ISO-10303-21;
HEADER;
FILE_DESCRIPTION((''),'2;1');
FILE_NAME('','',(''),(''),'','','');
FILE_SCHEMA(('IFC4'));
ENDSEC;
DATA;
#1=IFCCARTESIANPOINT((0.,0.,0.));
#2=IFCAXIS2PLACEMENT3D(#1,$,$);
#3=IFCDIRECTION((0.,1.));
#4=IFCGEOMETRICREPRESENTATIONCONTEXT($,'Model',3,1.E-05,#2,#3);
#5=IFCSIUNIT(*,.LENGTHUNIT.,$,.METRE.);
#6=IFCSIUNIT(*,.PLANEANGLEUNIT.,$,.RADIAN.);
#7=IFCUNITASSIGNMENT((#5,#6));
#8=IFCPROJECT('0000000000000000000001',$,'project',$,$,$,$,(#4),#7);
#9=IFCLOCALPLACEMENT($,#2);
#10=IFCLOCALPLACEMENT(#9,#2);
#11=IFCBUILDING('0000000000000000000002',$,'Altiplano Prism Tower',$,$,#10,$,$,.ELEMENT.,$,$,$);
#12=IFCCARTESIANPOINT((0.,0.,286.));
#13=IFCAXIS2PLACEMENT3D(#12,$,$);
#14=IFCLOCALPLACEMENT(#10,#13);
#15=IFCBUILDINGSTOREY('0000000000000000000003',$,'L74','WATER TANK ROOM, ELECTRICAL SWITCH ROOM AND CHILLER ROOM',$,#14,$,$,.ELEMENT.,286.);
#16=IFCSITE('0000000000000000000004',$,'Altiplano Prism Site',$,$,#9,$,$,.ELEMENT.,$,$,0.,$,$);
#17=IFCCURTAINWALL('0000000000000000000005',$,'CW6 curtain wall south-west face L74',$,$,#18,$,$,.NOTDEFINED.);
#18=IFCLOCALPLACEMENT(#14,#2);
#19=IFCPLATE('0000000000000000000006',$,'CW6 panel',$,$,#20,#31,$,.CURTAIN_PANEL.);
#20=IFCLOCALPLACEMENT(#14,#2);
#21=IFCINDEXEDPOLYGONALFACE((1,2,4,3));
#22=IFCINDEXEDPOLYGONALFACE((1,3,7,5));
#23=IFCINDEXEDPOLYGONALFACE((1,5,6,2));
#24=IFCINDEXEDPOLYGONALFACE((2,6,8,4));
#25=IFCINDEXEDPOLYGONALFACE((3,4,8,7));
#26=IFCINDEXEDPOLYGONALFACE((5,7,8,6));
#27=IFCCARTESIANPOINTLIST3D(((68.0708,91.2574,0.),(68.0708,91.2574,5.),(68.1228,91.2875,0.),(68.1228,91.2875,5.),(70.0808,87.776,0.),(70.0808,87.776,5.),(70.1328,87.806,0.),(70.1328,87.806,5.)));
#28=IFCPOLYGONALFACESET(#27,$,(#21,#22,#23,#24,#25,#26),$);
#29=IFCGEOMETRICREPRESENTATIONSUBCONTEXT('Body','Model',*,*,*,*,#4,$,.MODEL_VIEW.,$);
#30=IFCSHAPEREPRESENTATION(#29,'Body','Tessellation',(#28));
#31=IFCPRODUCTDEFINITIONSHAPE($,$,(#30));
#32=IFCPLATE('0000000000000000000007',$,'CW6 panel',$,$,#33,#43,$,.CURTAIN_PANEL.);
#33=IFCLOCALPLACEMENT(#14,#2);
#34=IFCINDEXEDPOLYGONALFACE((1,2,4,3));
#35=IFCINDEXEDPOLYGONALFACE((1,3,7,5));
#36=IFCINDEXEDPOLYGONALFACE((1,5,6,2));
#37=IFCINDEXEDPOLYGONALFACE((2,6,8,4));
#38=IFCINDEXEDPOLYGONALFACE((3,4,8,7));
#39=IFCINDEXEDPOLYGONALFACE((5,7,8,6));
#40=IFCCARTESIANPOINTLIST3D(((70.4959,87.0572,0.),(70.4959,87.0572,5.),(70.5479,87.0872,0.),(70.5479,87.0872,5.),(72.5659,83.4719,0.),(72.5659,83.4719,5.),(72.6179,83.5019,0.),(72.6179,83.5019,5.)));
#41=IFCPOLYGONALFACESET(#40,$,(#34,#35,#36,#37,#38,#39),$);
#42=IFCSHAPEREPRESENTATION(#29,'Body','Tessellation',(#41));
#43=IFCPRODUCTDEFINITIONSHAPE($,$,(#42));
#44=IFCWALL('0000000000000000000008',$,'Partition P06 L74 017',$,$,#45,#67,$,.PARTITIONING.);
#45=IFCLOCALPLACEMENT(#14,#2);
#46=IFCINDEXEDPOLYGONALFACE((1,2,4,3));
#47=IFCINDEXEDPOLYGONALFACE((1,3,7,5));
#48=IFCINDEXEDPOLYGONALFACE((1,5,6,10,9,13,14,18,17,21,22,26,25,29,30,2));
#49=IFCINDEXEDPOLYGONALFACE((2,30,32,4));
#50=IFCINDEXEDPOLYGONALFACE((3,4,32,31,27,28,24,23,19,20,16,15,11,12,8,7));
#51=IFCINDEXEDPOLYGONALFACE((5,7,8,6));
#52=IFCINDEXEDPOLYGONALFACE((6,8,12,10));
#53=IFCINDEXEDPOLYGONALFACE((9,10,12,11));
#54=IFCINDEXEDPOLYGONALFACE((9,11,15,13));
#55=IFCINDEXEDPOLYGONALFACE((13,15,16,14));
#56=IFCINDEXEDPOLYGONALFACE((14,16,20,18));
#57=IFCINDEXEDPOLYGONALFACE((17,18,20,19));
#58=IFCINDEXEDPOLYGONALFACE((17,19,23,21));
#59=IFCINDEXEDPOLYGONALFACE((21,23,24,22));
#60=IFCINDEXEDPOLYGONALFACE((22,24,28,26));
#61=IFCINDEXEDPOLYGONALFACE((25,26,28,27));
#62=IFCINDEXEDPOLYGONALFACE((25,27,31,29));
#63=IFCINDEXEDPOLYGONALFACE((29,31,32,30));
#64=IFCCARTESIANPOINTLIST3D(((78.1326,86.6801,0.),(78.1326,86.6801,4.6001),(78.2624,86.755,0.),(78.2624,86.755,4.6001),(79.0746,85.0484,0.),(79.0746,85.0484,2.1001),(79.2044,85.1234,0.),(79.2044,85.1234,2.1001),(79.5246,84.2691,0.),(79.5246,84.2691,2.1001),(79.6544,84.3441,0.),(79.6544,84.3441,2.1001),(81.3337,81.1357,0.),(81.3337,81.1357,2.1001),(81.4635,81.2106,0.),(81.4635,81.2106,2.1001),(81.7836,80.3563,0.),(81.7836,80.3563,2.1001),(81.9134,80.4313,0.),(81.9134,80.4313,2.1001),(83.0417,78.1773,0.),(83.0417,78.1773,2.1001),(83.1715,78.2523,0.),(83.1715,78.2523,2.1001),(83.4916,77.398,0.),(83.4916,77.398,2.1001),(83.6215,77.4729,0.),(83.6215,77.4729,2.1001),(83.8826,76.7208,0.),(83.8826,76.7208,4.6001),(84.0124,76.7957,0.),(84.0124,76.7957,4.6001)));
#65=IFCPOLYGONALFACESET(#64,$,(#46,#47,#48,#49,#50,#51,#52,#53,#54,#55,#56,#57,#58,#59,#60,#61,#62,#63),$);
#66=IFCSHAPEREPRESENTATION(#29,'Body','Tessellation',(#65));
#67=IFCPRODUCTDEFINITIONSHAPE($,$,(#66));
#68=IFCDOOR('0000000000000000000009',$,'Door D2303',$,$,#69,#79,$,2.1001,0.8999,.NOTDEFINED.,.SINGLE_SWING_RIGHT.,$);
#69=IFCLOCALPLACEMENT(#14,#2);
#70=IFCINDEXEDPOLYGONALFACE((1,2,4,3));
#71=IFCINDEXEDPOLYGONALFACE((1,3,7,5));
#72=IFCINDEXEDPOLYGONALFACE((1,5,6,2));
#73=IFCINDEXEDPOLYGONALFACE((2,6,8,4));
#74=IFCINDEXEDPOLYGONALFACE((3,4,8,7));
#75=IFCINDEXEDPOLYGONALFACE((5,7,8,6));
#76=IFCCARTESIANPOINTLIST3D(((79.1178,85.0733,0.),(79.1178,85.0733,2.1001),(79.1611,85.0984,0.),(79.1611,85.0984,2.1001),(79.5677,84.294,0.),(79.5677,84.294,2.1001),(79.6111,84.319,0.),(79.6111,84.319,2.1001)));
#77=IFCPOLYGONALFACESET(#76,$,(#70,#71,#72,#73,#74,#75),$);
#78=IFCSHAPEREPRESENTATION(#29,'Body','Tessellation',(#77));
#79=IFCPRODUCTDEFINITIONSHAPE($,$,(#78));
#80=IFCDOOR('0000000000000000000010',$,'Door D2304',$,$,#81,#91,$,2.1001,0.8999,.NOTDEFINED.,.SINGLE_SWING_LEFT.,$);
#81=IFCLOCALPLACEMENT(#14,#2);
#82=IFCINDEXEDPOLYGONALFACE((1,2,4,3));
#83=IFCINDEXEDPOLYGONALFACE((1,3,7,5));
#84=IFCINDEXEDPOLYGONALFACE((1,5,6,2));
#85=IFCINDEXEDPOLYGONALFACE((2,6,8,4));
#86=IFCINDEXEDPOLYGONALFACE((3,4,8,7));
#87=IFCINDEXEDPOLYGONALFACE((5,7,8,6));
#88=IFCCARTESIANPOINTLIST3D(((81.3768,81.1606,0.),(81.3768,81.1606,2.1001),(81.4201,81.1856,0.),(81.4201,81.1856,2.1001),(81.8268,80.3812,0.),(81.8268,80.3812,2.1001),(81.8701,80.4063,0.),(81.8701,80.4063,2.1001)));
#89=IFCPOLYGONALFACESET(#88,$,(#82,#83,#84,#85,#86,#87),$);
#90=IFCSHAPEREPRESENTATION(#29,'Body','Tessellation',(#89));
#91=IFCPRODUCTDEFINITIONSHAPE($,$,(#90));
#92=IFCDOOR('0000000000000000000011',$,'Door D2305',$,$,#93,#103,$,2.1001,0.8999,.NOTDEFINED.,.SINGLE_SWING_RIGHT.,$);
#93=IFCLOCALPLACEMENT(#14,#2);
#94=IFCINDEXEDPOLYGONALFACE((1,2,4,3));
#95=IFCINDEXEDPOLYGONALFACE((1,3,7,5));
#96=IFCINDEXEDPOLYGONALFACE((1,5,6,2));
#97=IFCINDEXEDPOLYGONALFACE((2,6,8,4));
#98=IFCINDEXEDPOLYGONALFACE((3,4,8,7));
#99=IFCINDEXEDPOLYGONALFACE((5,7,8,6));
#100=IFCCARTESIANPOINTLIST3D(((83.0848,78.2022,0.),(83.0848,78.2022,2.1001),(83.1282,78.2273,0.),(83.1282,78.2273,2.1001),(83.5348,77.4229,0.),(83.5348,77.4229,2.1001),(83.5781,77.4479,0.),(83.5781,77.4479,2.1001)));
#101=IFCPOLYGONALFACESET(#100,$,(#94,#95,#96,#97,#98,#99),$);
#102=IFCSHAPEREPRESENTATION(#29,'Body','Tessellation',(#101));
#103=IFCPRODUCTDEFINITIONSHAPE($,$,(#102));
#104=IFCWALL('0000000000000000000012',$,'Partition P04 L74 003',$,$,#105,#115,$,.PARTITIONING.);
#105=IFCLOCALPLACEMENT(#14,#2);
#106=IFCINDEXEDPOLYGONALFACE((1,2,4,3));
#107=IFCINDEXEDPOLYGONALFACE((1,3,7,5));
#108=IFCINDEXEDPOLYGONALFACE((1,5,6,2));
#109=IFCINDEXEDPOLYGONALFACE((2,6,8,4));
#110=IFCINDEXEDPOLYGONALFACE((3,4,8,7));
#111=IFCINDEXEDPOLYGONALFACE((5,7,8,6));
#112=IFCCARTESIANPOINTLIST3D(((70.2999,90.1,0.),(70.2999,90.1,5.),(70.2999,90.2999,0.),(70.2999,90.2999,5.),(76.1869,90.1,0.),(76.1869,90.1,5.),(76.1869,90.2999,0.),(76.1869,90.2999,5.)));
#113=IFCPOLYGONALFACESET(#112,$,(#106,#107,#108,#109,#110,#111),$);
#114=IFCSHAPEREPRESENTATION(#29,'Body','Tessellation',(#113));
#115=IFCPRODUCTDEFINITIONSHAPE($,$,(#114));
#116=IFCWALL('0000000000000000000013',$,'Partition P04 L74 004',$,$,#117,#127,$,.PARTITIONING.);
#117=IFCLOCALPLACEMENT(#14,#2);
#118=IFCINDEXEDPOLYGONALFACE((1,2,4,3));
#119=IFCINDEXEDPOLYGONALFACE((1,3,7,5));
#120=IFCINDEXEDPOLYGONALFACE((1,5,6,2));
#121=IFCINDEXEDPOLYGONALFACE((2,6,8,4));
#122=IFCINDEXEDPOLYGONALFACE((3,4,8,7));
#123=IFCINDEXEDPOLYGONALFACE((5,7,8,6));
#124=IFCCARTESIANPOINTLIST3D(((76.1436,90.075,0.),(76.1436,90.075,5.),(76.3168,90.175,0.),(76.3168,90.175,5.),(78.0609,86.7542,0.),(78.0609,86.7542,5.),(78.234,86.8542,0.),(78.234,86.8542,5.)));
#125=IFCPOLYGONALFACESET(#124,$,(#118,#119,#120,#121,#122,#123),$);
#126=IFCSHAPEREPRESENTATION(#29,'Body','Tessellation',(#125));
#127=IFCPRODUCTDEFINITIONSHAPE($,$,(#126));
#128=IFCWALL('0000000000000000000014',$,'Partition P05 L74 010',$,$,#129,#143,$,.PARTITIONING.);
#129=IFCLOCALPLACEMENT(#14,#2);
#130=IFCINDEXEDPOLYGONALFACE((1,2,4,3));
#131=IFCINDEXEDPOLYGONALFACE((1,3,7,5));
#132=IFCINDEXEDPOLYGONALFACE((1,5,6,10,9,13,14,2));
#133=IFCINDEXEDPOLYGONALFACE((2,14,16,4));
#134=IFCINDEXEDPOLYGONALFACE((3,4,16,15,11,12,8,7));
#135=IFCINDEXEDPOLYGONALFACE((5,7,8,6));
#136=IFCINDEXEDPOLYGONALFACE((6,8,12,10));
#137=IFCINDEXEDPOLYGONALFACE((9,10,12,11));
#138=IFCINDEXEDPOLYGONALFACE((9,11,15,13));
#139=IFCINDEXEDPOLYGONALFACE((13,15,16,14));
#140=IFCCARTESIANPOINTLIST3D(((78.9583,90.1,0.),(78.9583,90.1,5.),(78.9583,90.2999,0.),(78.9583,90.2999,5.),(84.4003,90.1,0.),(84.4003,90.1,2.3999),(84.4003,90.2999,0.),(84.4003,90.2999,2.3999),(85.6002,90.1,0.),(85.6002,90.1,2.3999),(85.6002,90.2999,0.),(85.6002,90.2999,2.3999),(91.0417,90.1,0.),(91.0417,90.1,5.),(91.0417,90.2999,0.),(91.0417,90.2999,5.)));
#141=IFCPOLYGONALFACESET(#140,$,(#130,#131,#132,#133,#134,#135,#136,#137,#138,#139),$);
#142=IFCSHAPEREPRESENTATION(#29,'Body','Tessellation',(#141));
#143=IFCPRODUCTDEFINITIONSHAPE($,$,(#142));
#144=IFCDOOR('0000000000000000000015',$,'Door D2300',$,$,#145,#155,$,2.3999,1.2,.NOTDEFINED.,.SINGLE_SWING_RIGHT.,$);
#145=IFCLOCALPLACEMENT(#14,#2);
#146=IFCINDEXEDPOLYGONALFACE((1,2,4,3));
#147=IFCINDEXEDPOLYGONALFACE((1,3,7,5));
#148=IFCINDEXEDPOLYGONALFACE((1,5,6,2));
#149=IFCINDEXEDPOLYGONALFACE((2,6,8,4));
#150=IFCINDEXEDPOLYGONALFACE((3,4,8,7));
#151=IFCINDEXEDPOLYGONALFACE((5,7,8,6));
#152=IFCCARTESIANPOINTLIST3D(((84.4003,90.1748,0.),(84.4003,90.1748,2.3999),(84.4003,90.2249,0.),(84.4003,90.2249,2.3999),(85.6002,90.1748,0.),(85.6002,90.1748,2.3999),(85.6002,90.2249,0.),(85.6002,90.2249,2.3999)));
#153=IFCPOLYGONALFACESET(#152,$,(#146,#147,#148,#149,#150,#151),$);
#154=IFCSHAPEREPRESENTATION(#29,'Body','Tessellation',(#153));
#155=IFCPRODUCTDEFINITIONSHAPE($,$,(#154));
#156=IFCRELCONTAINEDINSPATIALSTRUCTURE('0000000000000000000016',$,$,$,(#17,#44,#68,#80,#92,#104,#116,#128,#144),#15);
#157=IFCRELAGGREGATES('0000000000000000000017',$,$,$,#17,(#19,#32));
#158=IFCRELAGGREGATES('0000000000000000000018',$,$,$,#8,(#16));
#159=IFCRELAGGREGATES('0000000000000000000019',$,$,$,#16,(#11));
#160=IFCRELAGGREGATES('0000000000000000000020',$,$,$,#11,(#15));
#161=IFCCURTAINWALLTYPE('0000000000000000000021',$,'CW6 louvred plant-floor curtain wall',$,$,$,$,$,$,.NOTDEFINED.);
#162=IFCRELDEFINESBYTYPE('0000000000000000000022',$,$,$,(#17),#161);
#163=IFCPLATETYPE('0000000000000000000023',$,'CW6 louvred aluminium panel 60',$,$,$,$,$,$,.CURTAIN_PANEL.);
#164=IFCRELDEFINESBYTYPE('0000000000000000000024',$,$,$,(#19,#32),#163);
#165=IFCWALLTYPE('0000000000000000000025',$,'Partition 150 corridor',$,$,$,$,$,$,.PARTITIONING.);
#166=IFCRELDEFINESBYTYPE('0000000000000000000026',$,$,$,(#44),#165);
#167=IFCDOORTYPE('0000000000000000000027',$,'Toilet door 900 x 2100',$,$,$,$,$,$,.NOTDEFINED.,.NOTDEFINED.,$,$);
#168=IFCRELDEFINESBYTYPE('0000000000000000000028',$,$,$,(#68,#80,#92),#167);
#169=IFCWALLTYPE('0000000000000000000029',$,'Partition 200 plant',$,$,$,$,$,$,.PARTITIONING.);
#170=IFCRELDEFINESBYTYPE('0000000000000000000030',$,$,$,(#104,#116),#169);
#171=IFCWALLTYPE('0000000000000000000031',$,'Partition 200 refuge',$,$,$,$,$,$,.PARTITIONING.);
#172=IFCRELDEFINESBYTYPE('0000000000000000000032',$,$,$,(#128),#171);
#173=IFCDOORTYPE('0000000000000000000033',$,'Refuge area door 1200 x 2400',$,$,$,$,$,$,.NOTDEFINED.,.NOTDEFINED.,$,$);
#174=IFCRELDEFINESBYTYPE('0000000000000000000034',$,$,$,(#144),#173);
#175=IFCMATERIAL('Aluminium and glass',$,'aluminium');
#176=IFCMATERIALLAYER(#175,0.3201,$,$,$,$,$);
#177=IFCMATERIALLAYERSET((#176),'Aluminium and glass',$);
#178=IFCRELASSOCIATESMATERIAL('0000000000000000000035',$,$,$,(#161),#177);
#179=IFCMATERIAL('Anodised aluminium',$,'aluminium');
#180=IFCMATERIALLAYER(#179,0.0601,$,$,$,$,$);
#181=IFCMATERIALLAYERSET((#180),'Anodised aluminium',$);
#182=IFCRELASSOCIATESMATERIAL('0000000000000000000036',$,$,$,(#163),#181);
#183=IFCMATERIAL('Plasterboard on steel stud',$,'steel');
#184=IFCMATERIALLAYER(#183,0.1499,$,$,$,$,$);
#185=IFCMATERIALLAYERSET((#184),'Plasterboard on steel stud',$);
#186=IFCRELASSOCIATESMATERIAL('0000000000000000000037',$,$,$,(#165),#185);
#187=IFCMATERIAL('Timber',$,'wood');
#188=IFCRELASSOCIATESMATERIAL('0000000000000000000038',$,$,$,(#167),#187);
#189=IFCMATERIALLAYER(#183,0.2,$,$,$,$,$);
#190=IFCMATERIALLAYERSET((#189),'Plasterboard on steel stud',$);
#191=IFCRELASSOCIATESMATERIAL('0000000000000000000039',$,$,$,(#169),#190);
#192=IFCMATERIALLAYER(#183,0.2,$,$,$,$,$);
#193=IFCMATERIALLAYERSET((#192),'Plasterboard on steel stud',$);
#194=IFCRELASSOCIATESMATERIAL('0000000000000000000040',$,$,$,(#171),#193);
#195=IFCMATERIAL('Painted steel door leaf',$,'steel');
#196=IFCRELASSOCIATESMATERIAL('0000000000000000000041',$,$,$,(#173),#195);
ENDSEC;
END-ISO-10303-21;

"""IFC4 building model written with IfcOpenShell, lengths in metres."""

from ifc_helpers import new_model, si_unit, direction, frame, frame_2d, origin, origin_2d, place, context, subcontext, project, spatial, rectangle, extrude, material, layer, layer_set, type_object, element, fill, aggregate, save


model = new_model("IFC4")

# Units and contexts
model_context = context("Model", 3, precision=1e-05, world=origin(), true_north=direction((0.0, 1.0)))
body_context = subcontext(model_context, "Body", "Model", "MODEL_VIEW")
ifc_project = project(units=[si_unit("LENGTHUNIT", "METRE"), si_unit("PLANEANGLEUNIT", "RADIAN")], contexts=[model_context])

# Site, building, storey
site_placement = place(None, origin())
site = spatial("IfcSite", under=ifc_project, at=site_placement, Name="Altiplano Prism Site", CompositionType="ELEMENT", RefElevation=0.0)
building_placement = place(site_placement, origin())
building = spatial("IfcBuilding", under=site, at=building_placement, Name="Altiplano Prism Tower", CompositionType="ELEMENT")
storey_placement = place(building_placement, frame((0.0, 0.0, 286.0)))
storey = spatial("IfcBuildingStorey", under=building, at=storey_placement, Name="L74", Description="WATER TANK ROOM, ELECTRICAL SWITCH ROOM AND CHILLER ROOM", CompositionType="ELEMENT", Elevation=286.0)

# Curtain wall
ifc_material_1 = material(Name="Aluminium and glass", Category="aluminium")
ifc_layer_1 = layer(ifc_material_1, 0.3201)
ifc_layer_set_1 = layer_set([ifc_layer_1], Name="Aluminium and glass")
curtain_wall_type = type_object("IfcCurtainWallType", Name="CW6 louvred plant-floor curtain wall", PredefinedType="NOTDEFINED", material=ifc_layer_set_1)
curtain_wall_placement = place(storey_placement, origin())
curtain_wall = element("IfcCurtainWall", 1, at=curtain_wall_placement, inside=storey, type_object=curtain_wall_type, Name="CW6 curtain wall south-west face L74", PredefinedType="NOTDEFINED")

# Plates
ifc_material_2 = material(Name="Anodised aluminium", Category="aluminium")
ifc_layer_2 = layer(ifc_material_2, 0.0601)
ifc_layer_set_2 = layer_set([ifc_layer_2], Name="Anodised aluminium")
plate_type = type_object("IfcPlateType", Name="CW6 louvred aluminium panel 60", PredefinedType="CURTAIN_PANEL", material=ifc_layer_set_2)
plate_1_placement = place(storey_placement, frame((69.1018, 89.5317, 0.0), z_axis=(0.0, 0.0, 1.0), x_axis=(0.5, -0.866025, 0.0)))
plate_1 = element("IfcPlate", 2, at=plate_1_placement, type_object=plate_type, Name="CW6 panel", PredefinedType="CURTAIN_PANEL", context=body_context, shape_type="SweptSolid", body=[
    extrude(rectangle(XDim=4.02, YDim=0.0601, at=origin_2d()), origin(), (0.0, 0.0, 1.0), 5.0),
])
plate_2_placement = place(storey_placement, frame((71.5569, 85.2795, 0.0), z_axis=(0.0, 0.0, 1.0), x_axis=(0.5, -0.866025, 0.0)))
plate_2 = element("IfcPlate", 3, at=plate_2_placement, type_object=plate_type, Name="CW6 panel", PredefinedType="CURTAIN_PANEL", context=body_context, shape_type="SweptSolid", body=[
    extrude(rectangle(XDim=4.1399, YDim=0.0601, at=origin_2d()), origin(), (0.0, 0.0, 1.0), 5.0),
])
aggregate(curtain_wall, [plate_1, plate_2])

# Wall, openings, doors
ifc_material_3 = material(Name="Plasterboard on steel stud", Category="steel")
ifc_layer_3 = layer(ifc_material_3, 0.1499)
ifc_layer_set_3 = layer_set([ifc_layer_3], Name="Plasterboard on steel stud")
wall_type_1 = type_object("IfcWallType", Name="Partition 150 corridor", PredefinedType="PARTITIONING", material=ifc_layer_set_3)
wall_1_placement = place(storey_placement, frame((78.1975, 86.7175, 0.0), z_axis=(0.0, 0.0, 1.0), x_axis=(0.500002, -0.866024, 0.0)))
wall_1 = element("IfcWall", 4, at=wall_1_placement, inside=storey, type_object=wall_type_1, Name="Partition P06 L74 017", PredefinedType="PARTITIONING", context=body_context, shape_type="SweptSolid", body=[
    extrude(rectangle(XDim=11.5, YDim=0.1499, at=frame_2d((5.75, 0.0))), origin(), (0.0, 0.0, 1.0), 4.6001),
])
opening_1_placement = place(wall_1_placement, frame((1.884, 0.0, 0.0)))
opening_1 = element("IfcOpeningElement", 5, at=opening_1_placement, cuts=wall_1, PredefinedType="OPENING", context=body_context, shape_type="SweptSolid", body=[
    extrude(rectangle(XDim=0.8999, YDim=2.1001, at=frame_2d((0.45, 1.05))), frame((0.0, 0.0854, 0.0), z_axis=(0.0, -1.0, 0.0), x_axis=(1.0, 0.0, 0.0)), (0.0, 0.0, 1.0), 0.1709),
])
opening_2_placement = place(wall_1_placement, frame((6.4021, 0.0, 0.0)))
opening_2 = element("IfcOpeningElement", 6, at=opening_2_placement, cuts=wall_1, PredefinedType="OPENING", context=body_context, shape_type="SweptSolid", body=[
    extrude(rectangle(XDim=0.8999, YDim=2.1001, at=frame_2d((0.45, 1.05))), frame((0.0, 0.0854, 0.0), z_axis=(0.0, -1.0, 0.0), x_axis=(1.0, 0.0, 0.0)), (0.0, 0.0, 1.0), 0.1709),
])
opening_3_placement = place(wall_1_placement, frame((9.8181, 0.0, 0.0)))
opening_3 = element("IfcOpeningElement", 7, at=opening_3_placement, cuts=wall_1, PredefinedType="OPENING", context=body_context, shape_type="SweptSolid", body=[
    extrude(rectangle(XDim=0.8999, YDim=2.1001, at=frame_2d((0.45, 1.05))), frame((0.0, 0.0854, 0.0), z_axis=(0.0, -1.0, 0.0), x_axis=(1.0, 0.0, 0.0)), (0.0, 0.0, 1.0), 0.1709),
])
ifc_material_4 = material(Name="Timber", Category="wood")
door_type_1 = type_object("IfcDoorType", Name="Toilet door 900 x 2100", OperationType="NOTDEFINED", PredefinedType="NOTDEFINED", material=ifc_material_4)
door_1_placement = place(opening_1_placement, origin())
door_1 = element("IfcDoor", 8, at=door_1_placement, inside=storey, type_object=door_type_1, Name="Door D2303", OperationType="SINGLE_SWING_RIGHT", OverallHeight=2.1001, OverallWidth=0.8999, PredefinedType="NOTDEFINED", context=body_context, shape_type="SweptSolid", body=[
    extrude(rectangle(XDim=0.8999, YDim=2.1001, at=frame_2d((0.45, 1.05))), frame((0.0, 0.0249, 0.0), z_axis=(0.0, -1.0, 0.0), x_axis=(1.0, 0.0, 0.0)), (0.0, 0.0, 1.0), 0.05),
])
fill(opening_1, door_1)
door_2_placement = place(opening_2_placement, origin())
door_2 = element("IfcDoor", 9, at=door_2_placement, inside=storey, type_object=door_type_1, Name="Door D2304", OperationType="SINGLE_SWING_LEFT", OverallHeight=2.1001, OverallWidth=0.8999, PredefinedType="NOTDEFINED", context=body_context, shape_type="SweptSolid", body=[
    extrude(rectangle(XDim=0.8999, YDim=2.1001, at=frame_2d((0.45, 1.05))), frame((0.0, 0.0249, 0.0), z_axis=(0.0, -1.0, 0.0), x_axis=(1.0, 0.0, 0.0)), (0.0, 0.0, 1.0), 0.05),
])
fill(opening_2, door_2)
door_3_placement = place(opening_3_placement, origin())
door_3 = element("IfcDoor", 10, at=door_3_placement, inside=storey, type_object=door_type_1, Name="Door D2305", OperationType="SINGLE_SWING_RIGHT", OverallHeight=2.1001, OverallWidth=0.8999, PredefinedType="NOTDEFINED", context=body_context, shape_type="SweptSolid", body=[
    extrude(rectangle(XDim=0.8999, YDim=2.1001, at=frame_2d((0.45, 1.05))), frame((0.0, 0.0249, 0.0), z_axis=(0.0, -1.0, 0.0), x_axis=(1.0, 0.0, 0.0)), (0.0, 0.0, 1.0), 0.05),
])
fill(opening_3, door_3)

# Walls
ifc_layer_4 = layer(ifc_material_3, 0.2)
ifc_layer_set_4 = layer_set([ifc_layer_4], Name="Plasterboard on steel stud")
wall_type_2 = type_object("IfcWallType", Name="Partition 200 plant", PredefinedType="PARTITIONING", material=ifc_layer_set_4)
wall_2_placement = place(storey_placement, frame((70.3, 90.2, 0.0), z_axis=(0.0, 0.0, 1.0), x_axis=(1.0, 0.0, 0.0)))
element("IfcWall", 11, at=wall_2_placement, inside=storey, type_object=wall_type_2, Name="Partition P04 L74 003", PredefinedType="PARTITIONING", context=body_context, shape_type="SweptSolid", body=[
    extrude(rectangle(XDim=5.887, YDim=0.2, at=frame_2d((2.9434, 0.0))), origin(), (0.0, 0.0, 1.0), 5.0),
])
wall_3_placement = place(storey_placement, frame((76.2302, 90.125, 0.0), z_axis=(0.0, 0.0, 1.0), x_axis=(0.499994, -0.866029, 0.0)))
element("IfcWall", 12, at=wall_3_placement, inside=storey, type_object=wall_type_2, Name="Partition P04 L74 004", PredefinedType="PARTITIONING", context=body_context, shape_type="SweptSolid", body=[
    extrude(rectangle(XDim=3.8345, YDim=0.2, at=frame_2d((1.9172, 0.0))), origin(), (0.0, 0.0, 1.0), 5.0),
])

# Wall, opening, door
ifc_layer_5 = layer(ifc_material_3, 0.2)
ifc_layer_set_5 = layer_set([ifc_layer_5], Name="Plasterboard on steel stud")
wall_type_3 = type_object("IfcWallType", Name="Partition 200 refuge", PredefinedType="PARTITIONING", material=ifc_layer_set_5)
wall_4_placement = place(storey_placement, frame((78.9583, 90.2, 0.0), z_axis=(0.0, 0.0, 1.0), x_axis=(1.0, 0.0, 0.0)))
wall_4 = element("IfcWall", 13, at=wall_4_placement, inside=storey, type_object=wall_type_3, Name="Partition P05 L74 010", PredefinedType="PARTITIONING", context=body_context, shape_type="SweptSolid", body=[
    extrude(rectangle(XDim=12.0835, YDim=0.2, at=frame_2d((6.0417, 0.0))), origin(), (0.0, 0.0, 1.0), 5.0),
])
opening_4_placement = place(wall_4_placement, frame((5.4419, 0.0, 0.0)))
opening_4 = element("IfcOpeningElement", 14, at=opening_4_placement, cuts=wall_4, PredefinedType="OPENING", context=body_context, shape_type="SweptSolid", body=[
    extrude(rectangle(XDim=1.2, YDim=2.3999, at=frame_2d((0.6001, 1.2))), frame((0.0, 0.1104, 0.0), z_axis=(0.0, -1.0, 0.0), x_axis=(1.0, 0.0, 0.0)), (0.0, 0.0, 1.0), 0.2209),
])
ifc_material_5 = material(Name="Painted steel door leaf", Category="steel")
door_type_2 = type_object("IfcDoorType", Name="Refuge area door 1200 x 2400", OperationType="NOTDEFINED", PredefinedType="NOTDEFINED", material=ifc_material_5)
door_4_placement = place(opening_4_placement, origin())
door_4 = element("IfcDoor", 15, at=door_4_placement, inside=storey, type_object=door_type_2, Name="Door D2300", OperationType="SINGLE_SWING_RIGHT", OverallHeight=2.3999, OverallWidth=1.2, PredefinedType="NOTDEFINED", context=body_context, shape_type="SweptSolid", body=[
    extrude(rectangle(XDim=1.2, YDim=2.3999, at=frame_2d((0.6001, 1.2))), frame((0.0, 0.0249, 0.0), z_axis=(0.0, -1.0, 0.0), x_axis=(1.0, 0.0, 0.0)), (0.0, 0.0, 1.0), 0.05),
])
fill(opening_4, door_4)

save(model, "model.ifc")
